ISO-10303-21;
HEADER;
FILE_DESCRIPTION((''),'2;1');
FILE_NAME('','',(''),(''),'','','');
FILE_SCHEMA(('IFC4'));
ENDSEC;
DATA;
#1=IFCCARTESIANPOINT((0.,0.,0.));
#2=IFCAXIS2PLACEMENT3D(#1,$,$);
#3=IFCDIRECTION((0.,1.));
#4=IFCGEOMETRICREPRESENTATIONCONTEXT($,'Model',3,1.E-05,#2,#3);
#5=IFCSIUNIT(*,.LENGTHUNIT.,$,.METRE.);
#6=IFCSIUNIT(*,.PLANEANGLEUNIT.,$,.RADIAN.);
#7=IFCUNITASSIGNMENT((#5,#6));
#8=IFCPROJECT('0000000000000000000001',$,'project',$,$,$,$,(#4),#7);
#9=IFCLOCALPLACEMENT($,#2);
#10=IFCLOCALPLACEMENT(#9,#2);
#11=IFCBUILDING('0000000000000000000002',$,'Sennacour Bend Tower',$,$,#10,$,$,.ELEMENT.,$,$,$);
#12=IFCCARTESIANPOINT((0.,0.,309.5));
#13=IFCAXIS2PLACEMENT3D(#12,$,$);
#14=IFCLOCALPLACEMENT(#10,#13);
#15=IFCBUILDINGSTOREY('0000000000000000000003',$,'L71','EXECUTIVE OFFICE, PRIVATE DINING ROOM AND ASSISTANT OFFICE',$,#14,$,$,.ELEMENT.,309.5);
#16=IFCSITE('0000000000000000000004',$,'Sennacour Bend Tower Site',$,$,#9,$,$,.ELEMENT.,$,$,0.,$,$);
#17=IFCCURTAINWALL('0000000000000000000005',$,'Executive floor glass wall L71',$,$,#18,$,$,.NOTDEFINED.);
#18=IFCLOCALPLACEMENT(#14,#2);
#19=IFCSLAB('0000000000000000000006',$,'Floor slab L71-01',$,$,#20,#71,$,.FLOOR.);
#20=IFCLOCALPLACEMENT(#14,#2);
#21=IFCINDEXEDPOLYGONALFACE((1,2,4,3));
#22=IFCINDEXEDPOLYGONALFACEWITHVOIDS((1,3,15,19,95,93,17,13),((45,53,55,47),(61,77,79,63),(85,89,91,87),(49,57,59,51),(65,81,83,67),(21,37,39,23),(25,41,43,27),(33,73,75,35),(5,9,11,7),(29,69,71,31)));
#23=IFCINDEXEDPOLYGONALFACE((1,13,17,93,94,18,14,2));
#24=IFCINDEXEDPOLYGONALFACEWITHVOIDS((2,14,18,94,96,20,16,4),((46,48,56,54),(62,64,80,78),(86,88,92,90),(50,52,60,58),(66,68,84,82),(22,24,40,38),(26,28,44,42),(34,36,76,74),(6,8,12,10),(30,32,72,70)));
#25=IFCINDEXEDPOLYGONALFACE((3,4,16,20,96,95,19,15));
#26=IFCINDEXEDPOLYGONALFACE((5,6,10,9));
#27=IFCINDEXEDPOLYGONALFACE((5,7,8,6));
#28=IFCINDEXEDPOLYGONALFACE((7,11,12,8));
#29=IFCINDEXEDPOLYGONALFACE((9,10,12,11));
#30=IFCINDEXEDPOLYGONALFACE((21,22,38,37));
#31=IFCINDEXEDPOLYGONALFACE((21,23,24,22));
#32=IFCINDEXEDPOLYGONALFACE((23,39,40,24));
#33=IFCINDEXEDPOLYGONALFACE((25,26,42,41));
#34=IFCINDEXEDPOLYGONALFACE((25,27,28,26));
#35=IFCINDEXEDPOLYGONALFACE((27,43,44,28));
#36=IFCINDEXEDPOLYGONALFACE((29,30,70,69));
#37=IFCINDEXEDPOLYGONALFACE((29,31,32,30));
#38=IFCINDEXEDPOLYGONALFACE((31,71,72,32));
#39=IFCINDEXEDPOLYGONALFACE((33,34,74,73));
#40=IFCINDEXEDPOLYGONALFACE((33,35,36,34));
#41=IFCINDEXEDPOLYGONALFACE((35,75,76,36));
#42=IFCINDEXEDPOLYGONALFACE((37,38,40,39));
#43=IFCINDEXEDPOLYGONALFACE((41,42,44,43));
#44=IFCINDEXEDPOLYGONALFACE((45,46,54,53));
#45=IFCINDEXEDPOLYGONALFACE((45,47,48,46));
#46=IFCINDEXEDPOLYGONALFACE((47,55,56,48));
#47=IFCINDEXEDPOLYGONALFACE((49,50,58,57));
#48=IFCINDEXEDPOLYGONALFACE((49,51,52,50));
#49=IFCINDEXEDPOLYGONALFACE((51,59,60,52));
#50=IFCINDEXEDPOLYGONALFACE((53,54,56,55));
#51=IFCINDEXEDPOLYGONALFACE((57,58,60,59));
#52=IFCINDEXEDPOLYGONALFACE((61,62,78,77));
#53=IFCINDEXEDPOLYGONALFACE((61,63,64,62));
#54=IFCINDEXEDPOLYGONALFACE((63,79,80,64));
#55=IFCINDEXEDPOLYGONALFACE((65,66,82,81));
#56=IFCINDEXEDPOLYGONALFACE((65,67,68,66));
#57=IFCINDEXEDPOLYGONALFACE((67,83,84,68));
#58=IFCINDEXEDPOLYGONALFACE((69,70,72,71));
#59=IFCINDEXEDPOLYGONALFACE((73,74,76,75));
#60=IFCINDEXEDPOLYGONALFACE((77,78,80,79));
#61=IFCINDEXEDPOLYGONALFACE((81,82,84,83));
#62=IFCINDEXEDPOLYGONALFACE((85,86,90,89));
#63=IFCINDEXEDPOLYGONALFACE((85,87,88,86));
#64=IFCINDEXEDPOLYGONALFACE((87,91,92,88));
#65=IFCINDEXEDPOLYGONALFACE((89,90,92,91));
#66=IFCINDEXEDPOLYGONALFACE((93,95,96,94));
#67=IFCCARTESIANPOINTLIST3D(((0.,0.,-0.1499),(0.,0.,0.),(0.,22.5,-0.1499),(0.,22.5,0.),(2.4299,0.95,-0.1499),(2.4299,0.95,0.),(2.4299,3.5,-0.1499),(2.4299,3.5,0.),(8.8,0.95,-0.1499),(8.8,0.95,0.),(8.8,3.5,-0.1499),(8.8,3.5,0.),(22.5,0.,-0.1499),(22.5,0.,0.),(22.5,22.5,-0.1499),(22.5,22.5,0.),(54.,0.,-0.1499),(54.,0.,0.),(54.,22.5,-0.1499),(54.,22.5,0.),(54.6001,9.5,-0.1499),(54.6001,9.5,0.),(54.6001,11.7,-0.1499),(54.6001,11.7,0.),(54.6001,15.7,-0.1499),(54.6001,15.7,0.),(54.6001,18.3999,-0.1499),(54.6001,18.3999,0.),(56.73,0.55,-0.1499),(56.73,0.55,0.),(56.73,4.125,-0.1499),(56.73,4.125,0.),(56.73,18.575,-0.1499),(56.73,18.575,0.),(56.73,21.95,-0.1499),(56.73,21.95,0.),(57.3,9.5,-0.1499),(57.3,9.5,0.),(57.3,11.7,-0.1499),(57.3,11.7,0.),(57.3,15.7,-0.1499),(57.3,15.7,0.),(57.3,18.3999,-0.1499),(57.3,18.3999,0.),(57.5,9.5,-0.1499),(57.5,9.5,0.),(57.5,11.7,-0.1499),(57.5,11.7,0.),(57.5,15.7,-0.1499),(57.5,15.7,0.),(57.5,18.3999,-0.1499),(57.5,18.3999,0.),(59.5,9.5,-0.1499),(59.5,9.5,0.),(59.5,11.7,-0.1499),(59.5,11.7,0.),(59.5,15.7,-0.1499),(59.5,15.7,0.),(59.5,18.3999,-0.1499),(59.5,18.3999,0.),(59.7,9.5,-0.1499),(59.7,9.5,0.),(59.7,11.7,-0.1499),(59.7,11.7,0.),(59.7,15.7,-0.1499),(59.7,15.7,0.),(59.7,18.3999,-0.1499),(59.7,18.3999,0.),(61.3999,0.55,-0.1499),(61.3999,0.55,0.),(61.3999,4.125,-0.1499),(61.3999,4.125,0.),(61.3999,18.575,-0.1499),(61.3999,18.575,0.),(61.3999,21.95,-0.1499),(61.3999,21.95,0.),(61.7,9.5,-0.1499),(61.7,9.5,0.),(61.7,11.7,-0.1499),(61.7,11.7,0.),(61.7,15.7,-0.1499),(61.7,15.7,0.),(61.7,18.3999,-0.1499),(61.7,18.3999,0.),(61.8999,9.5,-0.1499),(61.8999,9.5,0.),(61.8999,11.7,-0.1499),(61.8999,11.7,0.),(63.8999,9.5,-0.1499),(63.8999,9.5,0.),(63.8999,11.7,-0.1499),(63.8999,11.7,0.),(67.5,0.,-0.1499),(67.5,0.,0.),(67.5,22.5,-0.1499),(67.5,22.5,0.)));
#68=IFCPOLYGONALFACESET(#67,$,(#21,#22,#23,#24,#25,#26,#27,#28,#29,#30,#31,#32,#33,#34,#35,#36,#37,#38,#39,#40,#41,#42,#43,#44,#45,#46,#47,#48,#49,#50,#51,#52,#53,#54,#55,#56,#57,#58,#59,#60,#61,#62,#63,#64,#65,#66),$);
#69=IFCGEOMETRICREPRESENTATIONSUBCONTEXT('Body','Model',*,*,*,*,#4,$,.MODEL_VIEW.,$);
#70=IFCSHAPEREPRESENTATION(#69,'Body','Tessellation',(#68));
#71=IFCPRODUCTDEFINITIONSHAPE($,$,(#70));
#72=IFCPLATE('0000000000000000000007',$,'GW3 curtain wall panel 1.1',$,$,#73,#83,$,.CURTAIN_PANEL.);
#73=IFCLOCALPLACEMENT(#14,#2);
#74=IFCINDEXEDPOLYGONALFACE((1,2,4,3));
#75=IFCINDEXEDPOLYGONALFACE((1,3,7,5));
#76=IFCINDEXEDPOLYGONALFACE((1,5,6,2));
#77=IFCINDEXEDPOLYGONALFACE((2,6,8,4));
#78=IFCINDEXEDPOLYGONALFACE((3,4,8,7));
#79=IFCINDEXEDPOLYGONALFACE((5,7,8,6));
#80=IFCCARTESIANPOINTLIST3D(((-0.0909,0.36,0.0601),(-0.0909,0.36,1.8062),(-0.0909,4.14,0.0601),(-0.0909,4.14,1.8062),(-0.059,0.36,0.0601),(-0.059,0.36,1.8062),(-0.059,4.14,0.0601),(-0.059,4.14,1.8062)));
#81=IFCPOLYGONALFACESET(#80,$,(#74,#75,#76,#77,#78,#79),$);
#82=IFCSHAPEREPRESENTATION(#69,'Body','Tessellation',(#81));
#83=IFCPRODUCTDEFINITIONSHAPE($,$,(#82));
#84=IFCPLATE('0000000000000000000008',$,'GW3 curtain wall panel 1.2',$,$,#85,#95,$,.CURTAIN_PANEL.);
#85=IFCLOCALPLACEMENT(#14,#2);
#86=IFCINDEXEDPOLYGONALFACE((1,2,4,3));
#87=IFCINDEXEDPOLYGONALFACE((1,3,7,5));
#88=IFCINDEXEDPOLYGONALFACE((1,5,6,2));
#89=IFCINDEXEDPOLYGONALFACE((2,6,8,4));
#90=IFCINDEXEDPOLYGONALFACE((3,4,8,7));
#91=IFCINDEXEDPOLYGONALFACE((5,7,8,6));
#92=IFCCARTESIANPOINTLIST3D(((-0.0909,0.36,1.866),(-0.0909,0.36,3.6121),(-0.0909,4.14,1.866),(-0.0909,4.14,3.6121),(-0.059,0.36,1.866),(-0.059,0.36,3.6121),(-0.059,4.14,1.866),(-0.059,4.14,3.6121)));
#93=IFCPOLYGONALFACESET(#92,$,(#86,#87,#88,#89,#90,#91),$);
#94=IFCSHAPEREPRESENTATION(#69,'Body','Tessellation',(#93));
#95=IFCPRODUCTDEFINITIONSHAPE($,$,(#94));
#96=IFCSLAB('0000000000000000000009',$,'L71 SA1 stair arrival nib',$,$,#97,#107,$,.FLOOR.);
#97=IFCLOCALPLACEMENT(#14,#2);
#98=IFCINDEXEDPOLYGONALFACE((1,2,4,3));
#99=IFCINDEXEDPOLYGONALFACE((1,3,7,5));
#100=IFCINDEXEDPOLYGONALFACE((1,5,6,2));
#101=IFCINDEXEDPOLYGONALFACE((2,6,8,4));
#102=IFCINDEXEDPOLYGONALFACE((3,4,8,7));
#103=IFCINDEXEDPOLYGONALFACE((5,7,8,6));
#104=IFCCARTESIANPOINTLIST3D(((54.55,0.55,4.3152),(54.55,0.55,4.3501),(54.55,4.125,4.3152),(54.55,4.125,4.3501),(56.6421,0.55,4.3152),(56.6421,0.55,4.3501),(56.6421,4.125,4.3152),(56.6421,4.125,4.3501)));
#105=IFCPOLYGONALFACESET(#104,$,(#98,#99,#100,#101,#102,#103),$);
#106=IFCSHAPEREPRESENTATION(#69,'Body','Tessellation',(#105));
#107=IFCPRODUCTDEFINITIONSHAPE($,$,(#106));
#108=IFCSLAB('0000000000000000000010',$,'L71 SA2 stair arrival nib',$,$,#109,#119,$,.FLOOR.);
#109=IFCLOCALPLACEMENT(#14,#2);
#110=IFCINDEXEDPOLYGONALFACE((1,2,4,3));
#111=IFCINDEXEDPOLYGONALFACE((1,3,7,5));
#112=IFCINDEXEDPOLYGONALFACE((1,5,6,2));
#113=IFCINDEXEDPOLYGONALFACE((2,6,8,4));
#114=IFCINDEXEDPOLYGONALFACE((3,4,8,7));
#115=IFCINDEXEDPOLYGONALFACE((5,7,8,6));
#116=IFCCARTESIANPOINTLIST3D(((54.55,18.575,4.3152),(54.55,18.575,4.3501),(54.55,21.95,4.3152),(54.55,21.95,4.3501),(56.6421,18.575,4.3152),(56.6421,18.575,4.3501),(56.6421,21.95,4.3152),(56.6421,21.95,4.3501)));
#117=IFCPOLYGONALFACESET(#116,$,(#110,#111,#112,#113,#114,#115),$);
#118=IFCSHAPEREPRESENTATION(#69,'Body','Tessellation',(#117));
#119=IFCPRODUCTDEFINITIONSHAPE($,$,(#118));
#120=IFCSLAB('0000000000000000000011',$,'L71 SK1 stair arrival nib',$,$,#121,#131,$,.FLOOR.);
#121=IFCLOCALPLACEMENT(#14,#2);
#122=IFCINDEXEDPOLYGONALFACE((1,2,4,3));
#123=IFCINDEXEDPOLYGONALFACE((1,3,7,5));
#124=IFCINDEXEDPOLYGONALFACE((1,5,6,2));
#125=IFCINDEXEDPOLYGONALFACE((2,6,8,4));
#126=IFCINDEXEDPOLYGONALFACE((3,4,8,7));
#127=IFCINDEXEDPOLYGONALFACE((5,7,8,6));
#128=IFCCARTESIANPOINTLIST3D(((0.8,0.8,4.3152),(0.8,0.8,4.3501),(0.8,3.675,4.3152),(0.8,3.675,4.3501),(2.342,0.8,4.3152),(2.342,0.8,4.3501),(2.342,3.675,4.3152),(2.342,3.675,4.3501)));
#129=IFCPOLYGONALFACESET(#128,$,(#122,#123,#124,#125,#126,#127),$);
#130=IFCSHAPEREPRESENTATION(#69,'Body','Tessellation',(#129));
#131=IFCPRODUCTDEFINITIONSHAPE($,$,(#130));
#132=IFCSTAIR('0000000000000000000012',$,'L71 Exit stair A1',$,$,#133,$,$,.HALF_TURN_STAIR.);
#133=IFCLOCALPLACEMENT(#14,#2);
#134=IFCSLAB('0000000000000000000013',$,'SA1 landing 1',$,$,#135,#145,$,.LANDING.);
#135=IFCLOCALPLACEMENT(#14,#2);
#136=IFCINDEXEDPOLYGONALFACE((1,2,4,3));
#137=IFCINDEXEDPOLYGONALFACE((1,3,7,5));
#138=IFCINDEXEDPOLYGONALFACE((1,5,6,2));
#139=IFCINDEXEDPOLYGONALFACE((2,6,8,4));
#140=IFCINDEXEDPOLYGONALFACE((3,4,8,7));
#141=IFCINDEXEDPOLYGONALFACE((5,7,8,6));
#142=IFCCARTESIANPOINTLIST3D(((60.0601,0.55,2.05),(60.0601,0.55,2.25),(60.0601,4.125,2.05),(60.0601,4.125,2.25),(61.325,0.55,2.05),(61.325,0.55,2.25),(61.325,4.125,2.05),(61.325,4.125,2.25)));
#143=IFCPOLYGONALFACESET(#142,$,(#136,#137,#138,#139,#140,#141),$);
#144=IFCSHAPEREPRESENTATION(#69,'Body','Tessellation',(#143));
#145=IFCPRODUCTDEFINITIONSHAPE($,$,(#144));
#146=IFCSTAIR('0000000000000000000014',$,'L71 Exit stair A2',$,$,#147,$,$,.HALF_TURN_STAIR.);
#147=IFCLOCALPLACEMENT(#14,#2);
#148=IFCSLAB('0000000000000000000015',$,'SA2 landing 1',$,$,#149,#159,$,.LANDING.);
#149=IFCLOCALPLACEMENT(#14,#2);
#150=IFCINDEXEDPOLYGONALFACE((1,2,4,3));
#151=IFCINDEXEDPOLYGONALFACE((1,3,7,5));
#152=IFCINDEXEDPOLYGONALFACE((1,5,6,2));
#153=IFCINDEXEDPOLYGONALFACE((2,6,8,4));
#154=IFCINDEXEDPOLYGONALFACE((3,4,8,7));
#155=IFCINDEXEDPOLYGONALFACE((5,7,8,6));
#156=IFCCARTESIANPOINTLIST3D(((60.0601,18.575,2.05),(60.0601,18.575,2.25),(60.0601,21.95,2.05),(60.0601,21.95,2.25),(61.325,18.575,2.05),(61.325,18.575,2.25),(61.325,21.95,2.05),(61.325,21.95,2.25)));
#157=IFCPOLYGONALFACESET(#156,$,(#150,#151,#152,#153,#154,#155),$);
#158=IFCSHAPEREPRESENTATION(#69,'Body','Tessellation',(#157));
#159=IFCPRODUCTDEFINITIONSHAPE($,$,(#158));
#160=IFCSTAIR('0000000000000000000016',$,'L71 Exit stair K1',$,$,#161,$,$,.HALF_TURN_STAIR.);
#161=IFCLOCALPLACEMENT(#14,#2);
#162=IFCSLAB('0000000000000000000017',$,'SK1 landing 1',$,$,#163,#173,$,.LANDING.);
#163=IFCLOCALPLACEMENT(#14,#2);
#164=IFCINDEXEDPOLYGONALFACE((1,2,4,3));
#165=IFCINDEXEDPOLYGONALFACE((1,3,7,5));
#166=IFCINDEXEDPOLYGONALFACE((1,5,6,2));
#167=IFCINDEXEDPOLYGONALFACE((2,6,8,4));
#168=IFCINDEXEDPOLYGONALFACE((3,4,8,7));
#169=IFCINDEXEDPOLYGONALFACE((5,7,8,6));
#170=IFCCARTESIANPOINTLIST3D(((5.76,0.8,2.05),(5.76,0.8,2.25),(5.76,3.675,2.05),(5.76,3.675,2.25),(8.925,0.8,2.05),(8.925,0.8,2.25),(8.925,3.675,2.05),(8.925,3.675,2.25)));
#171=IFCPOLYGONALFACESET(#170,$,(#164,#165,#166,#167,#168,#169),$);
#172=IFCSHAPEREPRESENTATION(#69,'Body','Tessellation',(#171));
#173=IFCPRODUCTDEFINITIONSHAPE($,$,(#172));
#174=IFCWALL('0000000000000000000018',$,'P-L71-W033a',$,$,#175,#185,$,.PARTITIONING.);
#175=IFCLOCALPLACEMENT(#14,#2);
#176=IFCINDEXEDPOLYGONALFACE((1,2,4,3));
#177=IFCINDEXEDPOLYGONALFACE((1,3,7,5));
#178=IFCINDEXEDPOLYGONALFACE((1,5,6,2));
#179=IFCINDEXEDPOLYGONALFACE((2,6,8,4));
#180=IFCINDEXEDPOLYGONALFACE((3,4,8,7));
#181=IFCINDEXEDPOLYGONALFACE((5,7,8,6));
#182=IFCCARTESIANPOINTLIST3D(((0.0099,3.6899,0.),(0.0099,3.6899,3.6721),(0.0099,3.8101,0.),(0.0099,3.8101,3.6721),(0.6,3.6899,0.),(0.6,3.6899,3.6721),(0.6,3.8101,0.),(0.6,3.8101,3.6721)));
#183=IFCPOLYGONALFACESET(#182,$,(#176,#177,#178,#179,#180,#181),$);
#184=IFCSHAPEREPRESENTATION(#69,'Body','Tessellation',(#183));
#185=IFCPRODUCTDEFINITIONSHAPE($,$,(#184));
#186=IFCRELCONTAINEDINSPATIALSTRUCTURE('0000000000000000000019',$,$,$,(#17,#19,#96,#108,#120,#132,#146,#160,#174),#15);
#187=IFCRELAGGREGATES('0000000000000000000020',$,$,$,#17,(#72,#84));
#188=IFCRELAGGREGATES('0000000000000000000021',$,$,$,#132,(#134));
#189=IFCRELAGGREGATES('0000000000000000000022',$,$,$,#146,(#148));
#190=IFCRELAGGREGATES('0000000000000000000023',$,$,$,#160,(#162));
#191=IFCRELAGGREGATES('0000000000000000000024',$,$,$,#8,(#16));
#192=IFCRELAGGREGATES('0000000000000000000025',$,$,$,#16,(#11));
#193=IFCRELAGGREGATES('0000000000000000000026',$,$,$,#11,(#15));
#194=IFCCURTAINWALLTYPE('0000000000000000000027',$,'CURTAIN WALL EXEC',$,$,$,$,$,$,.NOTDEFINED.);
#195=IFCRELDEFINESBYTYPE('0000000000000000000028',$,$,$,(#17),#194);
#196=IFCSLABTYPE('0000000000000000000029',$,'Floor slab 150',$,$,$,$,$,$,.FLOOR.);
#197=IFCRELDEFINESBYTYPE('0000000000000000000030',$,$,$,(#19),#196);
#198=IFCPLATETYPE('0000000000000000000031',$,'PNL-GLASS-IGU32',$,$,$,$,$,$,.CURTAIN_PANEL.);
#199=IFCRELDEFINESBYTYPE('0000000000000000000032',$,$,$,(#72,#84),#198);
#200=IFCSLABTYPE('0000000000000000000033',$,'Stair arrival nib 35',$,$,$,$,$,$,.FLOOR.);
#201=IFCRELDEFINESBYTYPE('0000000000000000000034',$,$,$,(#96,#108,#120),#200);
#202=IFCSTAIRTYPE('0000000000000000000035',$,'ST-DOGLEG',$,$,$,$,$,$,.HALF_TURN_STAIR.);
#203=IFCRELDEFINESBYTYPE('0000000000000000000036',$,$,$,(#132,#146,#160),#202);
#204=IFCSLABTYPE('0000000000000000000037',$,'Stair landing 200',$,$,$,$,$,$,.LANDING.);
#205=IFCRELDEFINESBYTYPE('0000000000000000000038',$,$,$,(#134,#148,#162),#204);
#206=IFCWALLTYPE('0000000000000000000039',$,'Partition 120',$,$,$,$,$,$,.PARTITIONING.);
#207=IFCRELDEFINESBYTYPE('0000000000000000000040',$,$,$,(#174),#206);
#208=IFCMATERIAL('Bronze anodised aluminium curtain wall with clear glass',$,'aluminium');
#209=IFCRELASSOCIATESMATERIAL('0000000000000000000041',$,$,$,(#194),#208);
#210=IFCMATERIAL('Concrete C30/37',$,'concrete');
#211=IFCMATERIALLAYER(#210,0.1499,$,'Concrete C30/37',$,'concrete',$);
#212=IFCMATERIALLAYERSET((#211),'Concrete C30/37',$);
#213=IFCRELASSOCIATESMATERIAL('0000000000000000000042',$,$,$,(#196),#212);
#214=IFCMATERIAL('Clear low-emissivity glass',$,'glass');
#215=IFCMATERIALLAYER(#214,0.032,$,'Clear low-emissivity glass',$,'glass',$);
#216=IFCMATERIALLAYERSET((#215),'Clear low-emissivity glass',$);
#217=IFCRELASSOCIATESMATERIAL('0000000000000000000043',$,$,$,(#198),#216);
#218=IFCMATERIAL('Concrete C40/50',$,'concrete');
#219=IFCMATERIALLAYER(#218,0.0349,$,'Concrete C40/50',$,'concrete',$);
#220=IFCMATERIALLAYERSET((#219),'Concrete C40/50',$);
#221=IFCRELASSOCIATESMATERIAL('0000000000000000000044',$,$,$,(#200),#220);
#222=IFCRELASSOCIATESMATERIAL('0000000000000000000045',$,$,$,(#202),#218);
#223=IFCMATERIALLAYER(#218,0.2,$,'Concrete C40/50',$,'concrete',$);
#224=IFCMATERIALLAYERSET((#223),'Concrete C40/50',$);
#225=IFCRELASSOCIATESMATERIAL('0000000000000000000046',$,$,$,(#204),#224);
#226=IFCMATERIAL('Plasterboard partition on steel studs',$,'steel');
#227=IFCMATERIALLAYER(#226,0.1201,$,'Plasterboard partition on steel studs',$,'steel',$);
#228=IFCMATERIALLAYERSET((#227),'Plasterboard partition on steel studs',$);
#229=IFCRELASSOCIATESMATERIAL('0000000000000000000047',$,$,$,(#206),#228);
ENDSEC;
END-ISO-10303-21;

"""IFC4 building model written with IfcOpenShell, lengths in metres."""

from ifc_helpers import new_model, si_unit, direction, frame, frame_2d, origin, origin_2d, place, context, subcontext, project, spatial, polyline, rectangle, outline, extrude, material, layer, layer_set, type_object, element, aggregate, save


model = new_model("IFC4")

# Units and contexts
model_context = context("Model", 3, precision=1e-05, world=origin(), true_north=direction((0.0, 1.0)))
body_context = subcontext(model_context, "Body", "Model", "MODEL_VIEW")
ifc_project = project(units=[si_unit("LENGTHUNIT", "METRE"), si_unit("PLANEANGLEUNIT", "RADIAN")], contexts=[model_context])

# Site, building, storey
site_placement = place(None, origin())
site = spatial("IfcSite", under=ifc_project, at=site_placement, Name="Sennacour Bend Tower Site", CompositionType="ELEMENT", RefElevation=0.0)
building_placement = place(site_placement, origin())
building = spatial("IfcBuilding", under=site, at=building_placement, Name="Sennacour Bend Tower", CompositionType="ELEMENT")
storey_placement = place(building_placement, frame((0.0, 0.0, 309.5)))
storey = spatial("IfcBuildingStorey", under=building, at=storey_placement, Name="L71", Description="EXECUTIVE OFFICE, PRIVATE DINING ROOM AND ASSISTANT OFFICE", CompositionType="ELEMENT", Elevation=309.5)

# Shared definitions
ifc_material_1 = material(Name="Bronze anodised aluminium curtain wall with clear glass", Category="aluminium")
curtain_wall_type = type_object("IfcCurtainWallType", Name="CURTAIN WALL EXEC", PredefinedType="NOTDEFINED", material=ifc_material_1)

# Curtain wall
curtain_wall_1_placement = place(storey_placement, origin())
curtain_wall_1 = element("IfcCurtainWall", 1, at=curtain_wall_1_placement, inside=storey, type_object=curtain_wall_type, Name="Executive floor glass wall L71", PredefinedType="NOTDEFINED")

# Slab
ifc_material_2 = material(Name="Concrete C30/37", Category="concrete")
ifc_layer_1 = layer(ifc_material_2, 0.1499, Name="Concrete C30/37", Category="concrete")
ifc_layer_set_1 = layer_set([ifc_layer_1], Name="Concrete C30/37")
slab_type_1 = type_object("IfcSlabType", Name="Floor slab 150", PredefinedType="FLOOR", material=ifc_layer_set_1)
slab_1_placement = place(storey_placement, frame((0.0, 0.0, -0.1499)))
element("IfcSlab", 2, at=slab_1_placement, inside=storey, type_object=slab_type_1, Name="Floor slab L71-01", PredefinedType="FLOOR", context=body_context, shape_type="SweptSolid", body=[
    extrude(outline(polyline([(0.0, 22.5), (22.5, 22.5), (54.0, 22.5), (67.5, 22.5), (67.5, 0.0), (54.0, 0.0), (22.5, 0.0), (0.0, 0.0), (0.0, 22.5)]), holes=[polyline([(8.8, 3.5), (2.4299, 3.5), (2.4299, 0.95), (8.8, 0.95), (8.8, 3.5)]), polyline([(61.3999, 4.125), (56.73, 4.125), (56.73, 0.55), (61.3999, 0.55), (61.3999, 4.125)]), polyline([(57.3, 11.7), (54.6001, 11.7), (54.6001, 9.5), (57.3, 9.5), (57.3, 11.7)]), polyline([(59.5, 9.5), (59.5, 11.7), (57.5, 11.7), (57.5, 9.5), (59.5, 9.5)]), polyline([(61.7, 9.5), (61.7, 11.7), (59.7, 11.7), (59.7, 9.5), (61.7, 9.5)]), polyline([(63.8999, 11.7), (61.8999, 11.7), (61.8999, 9.5), (63.8999, 9.5), (63.8999, 11.7)]), polyline([(57.3, 18.3999), (54.6001, 18.3999), (54.6001, 15.7), (57.3, 15.7), (57.3, 18.3999)]), polyline([(59.5, 18.3999), (57.5, 18.3999), (57.5, 15.7), (59.5, 15.7), (59.5, 18.3999)]), polyline([(61.7, 15.7), (61.7, 18.3999), (59.7, 18.3999), (59.7, 15.7), (61.7, 15.7)]), polyline([(61.3999, 18.575), (61.3999, 21.95), (56.73, 21.95), (56.73, 18.575), (61.3999, 18.575)])]), origin(), (0.0, 0.0, 1.0), 0.1499),
])

# Plates
ifc_material_3 = material(Name="Clear low-emissivity glass", Category="glass")
ifc_layer_2 = layer(ifc_material_3, 0.032, Name="Clear low-emissivity glass", Category="glass")
ifc_layer_set_2 = layer_set([ifc_layer_2], Name="Clear low-emissivity glass")
plate_type = type_object("IfcPlateType", Name="PNL-GLASS-IGU32", PredefinedType="CURTAIN_PANEL", material=ifc_layer_set_2)
plate_1_placement = place(storey_placement, frame((-0.075, 2.25, 0.0601), z_axis=(0.0, 0.0, 1.0), x_axis=(0.0, -1.0, 0.0)))
plate_1 = element("IfcPlate", 3, at=plate_1_placement, type_object=plate_type, Name="GW3 curtain wall panel 1.1", PredefinedType="CURTAIN_PANEL", context=body_context, shape_type="SweptSolid", body=[
    extrude(rectangle(XDim=3.78, YDim=0.032, at=origin_2d()), origin(), (0.0, 0.0, 1.0), 1.7461),
])
plate_2_placement = place(storey_placement, frame((-0.075, 2.25, 1.866), z_axis=(0.0, 0.0, 1.0), x_axis=(0.0, -1.0, 0.0)))
plate_2 = element("IfcPlate", 4, at=plate_2_placement, type_object=plate_type, Name="GW3 curtain wall panel 1.2", PredefinedType="CURTAIN_PANEL", context=body_context, shape_type="SweptSolid", body=[
    extrude(rectangle(XDim=3.78, YDim=0.032, at=origin_2d()), origin(), (0.0, 0.0, 1.0), 1.7461),
])
aggregate(curtain_wall_1, [plate_1, plate_2])

# Slabs
ifc_material_4 = material(Name="Concrete C40/50", Category="concrete")
ifc_layer_3 = layer(ifc_material_4, 0.0349, Name="Concrete C40/50", Category="concrete")
ifc_layer_set_3 = layer_set([ifc_layer_3], Name="Concrete C40/50")
slab_type_2 = type_object("IfcSlabType", Name="Stair arrival nib 35", PredefinedType="FLOOR", material=ifc_layer_set_3)
slab_2_placement = place(storey_placement, frame((0.0, 0.0, 4.3152)))
element("IfcSlab", 5, at=slab_2_placement, inside=storey, type_object=slab_type_2, Name="L71 SA1 stair arrival nib", PredefinedType="FLOOR", context=body_context, shape_type="SweptSolid", body=[
    extrude(outline(polyline([(56.6421, 4.125), (54.55, 4.125), (54.55, 0.55), (56.6421, 0.55), (56.6421, 4.125)])), origin(), (0.0, 0.0, 1.0), 0.0349),
])
slab_3_placement = place(storey_placement, frame((0.0, 0.0, 4.3152)))
element("IfcSlab", 6, at=slab_3_placement, inside=storey, type_object=slab_type_2, Name="L71 SA2 stair arrival nib", PredefinedType="FLOOR", context=body_context, shape_type="SweptSolid", body=[
    extrude(outline(polyline([(56.6421, 21.95), (54.55, 21.95), (54.55, 18.575), (56.6421, 18.575), (56.6421, 21.95)])), origin(), (0.0, 0.0, 1.0), 0.0349),
])
slab_4_placement = place(storey_placement, frame((0.0, 0.0, 4.3152)))
element("IfcSlab", 7, at=slab_4_placement, inside=storey, type_object=slab_type_2, Name="L71 SK1 stair arrival nib", PredefinedType="FLOOR", context=body_context, shape_type="SweptSolid", body=[
    extrude(outline(polyline([(2.342, 3.675), (0.8, 3.675), (0.8, 0.8), (2.342, 0.8), (2.342, 3.675)])), origin(), (0.0, 0.0, 1.0), 0.0349),
])

# Stairs, slabs
stair_type = type_object("IfcStairType", Name="ST-DOGLEG", PredefinedType="HALF_TURN_STAIR", material=ifc_material_4)
stair_1_placement = place(storey_placement, origin())
stair_1 = element("IfcStair", 8, at=stair_1_placement, inside=storey, type_object=stair_type, Name="L71 Exit stair A1", PredefinedType="HALF_TURN_STAIR")
ifc_layer_4 = layer(ifc_material_4, 0.2, Name="Concrete C40/50", Category="concrete")
ifc_layer_set_4 = layer_set([ifc_layer_4], Name="Concrete C40/50")
slab_type_3 = type_object("IfcSlabType", Name="Stair landing 200", PredefinedType="LANDING", material=ifc_layer_set_4)
slab_5_placement = place(storey_placement, frame((0.0, 0.0, 2.05)))
slab_5 = element("IfcSlab", 9, at=slab_5_placement, type_object=slab_type_3, Name="SA1 landing 1", PredefinedType="LANDING", context=body_context, shape_type="SweptSolid", body=[
    extrude(outline(polyline([(60.0601, 0.55), (61.325, 0.55), (61.325, 4.125), (60.0601, 4.125), (60.0601, 0.55)])), origin(), (0.0, 0.0, 1.0), 0.2),
])
aggregate(stair_1, [slab_5])
stair_2_placement = place(storey_placement, origin())
stair_2 = element("IfcStair", 10, at=stair_2_placement, inside=storey, type_object=stair_type, Name="L71 Exit stair A2", PredefinedType="HALF_TURN_STAIR")
slab_6_placement = place(storey_placement, frame((0.0, 0.0, 2.05)))
slab_6 = element("IfcSlab", 11, at=slab_6_placement, type_object=slab_type_3, Name="SA2 landing 1", PredefinedType="LANDING", context=body_context, shape_type="SweptSolid", body=[
    extrude(outline(polyline([(60.0601, 18.575), (61.325, 18.575), (61.325, 21.95), (60.0601, 21.95), (60.0601, 18.575)])), origin(), (0.0, 0.0, 1.0), 0.2),
])
aggregate(stair_2, [slab_6])
stair_3_placement = place(storey_placement, origin())
stair_3 = element("IfcStair", 12, at=stair_3_placement, inside=storey, type_object=stair_type, Name="L71 Exit stair K1", PredefinedType="HALF_TURN_STAIR")
slab_7_placement = place(storey_placement, frame((0.0, 0.0, 2.05)))
slab_7 = element("IfcSlab", 13, at=slab_7_placement, type_object=slab_type_3, Name="SK1 landing 1", PredefinedType="LANDING", context=body_context, shape_type="SweptSolid", body=[
    extrude(outline(polyline([(5.76, 0.8), (8.925, 0.8), (8.925, 3.675), (5.76, 3.675), (5.76, 0.8)])), origin(), (0.0, 0.0, 1.0), 0.2),
])
aggregate(stair_3, [slab_7])

# Wall
ifc_material_5 = material(Name="Plasterboard partition on steel studs", Category="steel")
ifc_layer_5 = layer(ifc_material_5, 0.1201, Name="Plasterboard partition on steel studs", Category="steel")
ifc_layer_set_5 = layer_set([ifc_layer_5], Name="Plasterboard partition on steel studs")
wall_type = type_object("IfcWallType", Name="Partition 120", PredefinedType="PARTITIONING", material=ifc_layer_set_5)
wall_placement = place(storey_placement, frame((0.01, 3.75, 0.0), z_axis=(0.0, 0.0, 1.0), x_axis=(1.0, 0.0, 0.0)))
element("IfcWall", 14, at=wall_placement, inside=storey, type_object=wall_type, Name="P-L71-W033a", PredefinedType="PARTITIONING", context=body_context, shape_type="SweptSolid", body=[
    extrude(rectangle(XDim=0.5901, YDim=0.1201, at=frame_2d((0.2949, 0.0))), origin(), (0.0, 0.0, 1.0), 3.6721),
])

save(model, "model.ifc")
